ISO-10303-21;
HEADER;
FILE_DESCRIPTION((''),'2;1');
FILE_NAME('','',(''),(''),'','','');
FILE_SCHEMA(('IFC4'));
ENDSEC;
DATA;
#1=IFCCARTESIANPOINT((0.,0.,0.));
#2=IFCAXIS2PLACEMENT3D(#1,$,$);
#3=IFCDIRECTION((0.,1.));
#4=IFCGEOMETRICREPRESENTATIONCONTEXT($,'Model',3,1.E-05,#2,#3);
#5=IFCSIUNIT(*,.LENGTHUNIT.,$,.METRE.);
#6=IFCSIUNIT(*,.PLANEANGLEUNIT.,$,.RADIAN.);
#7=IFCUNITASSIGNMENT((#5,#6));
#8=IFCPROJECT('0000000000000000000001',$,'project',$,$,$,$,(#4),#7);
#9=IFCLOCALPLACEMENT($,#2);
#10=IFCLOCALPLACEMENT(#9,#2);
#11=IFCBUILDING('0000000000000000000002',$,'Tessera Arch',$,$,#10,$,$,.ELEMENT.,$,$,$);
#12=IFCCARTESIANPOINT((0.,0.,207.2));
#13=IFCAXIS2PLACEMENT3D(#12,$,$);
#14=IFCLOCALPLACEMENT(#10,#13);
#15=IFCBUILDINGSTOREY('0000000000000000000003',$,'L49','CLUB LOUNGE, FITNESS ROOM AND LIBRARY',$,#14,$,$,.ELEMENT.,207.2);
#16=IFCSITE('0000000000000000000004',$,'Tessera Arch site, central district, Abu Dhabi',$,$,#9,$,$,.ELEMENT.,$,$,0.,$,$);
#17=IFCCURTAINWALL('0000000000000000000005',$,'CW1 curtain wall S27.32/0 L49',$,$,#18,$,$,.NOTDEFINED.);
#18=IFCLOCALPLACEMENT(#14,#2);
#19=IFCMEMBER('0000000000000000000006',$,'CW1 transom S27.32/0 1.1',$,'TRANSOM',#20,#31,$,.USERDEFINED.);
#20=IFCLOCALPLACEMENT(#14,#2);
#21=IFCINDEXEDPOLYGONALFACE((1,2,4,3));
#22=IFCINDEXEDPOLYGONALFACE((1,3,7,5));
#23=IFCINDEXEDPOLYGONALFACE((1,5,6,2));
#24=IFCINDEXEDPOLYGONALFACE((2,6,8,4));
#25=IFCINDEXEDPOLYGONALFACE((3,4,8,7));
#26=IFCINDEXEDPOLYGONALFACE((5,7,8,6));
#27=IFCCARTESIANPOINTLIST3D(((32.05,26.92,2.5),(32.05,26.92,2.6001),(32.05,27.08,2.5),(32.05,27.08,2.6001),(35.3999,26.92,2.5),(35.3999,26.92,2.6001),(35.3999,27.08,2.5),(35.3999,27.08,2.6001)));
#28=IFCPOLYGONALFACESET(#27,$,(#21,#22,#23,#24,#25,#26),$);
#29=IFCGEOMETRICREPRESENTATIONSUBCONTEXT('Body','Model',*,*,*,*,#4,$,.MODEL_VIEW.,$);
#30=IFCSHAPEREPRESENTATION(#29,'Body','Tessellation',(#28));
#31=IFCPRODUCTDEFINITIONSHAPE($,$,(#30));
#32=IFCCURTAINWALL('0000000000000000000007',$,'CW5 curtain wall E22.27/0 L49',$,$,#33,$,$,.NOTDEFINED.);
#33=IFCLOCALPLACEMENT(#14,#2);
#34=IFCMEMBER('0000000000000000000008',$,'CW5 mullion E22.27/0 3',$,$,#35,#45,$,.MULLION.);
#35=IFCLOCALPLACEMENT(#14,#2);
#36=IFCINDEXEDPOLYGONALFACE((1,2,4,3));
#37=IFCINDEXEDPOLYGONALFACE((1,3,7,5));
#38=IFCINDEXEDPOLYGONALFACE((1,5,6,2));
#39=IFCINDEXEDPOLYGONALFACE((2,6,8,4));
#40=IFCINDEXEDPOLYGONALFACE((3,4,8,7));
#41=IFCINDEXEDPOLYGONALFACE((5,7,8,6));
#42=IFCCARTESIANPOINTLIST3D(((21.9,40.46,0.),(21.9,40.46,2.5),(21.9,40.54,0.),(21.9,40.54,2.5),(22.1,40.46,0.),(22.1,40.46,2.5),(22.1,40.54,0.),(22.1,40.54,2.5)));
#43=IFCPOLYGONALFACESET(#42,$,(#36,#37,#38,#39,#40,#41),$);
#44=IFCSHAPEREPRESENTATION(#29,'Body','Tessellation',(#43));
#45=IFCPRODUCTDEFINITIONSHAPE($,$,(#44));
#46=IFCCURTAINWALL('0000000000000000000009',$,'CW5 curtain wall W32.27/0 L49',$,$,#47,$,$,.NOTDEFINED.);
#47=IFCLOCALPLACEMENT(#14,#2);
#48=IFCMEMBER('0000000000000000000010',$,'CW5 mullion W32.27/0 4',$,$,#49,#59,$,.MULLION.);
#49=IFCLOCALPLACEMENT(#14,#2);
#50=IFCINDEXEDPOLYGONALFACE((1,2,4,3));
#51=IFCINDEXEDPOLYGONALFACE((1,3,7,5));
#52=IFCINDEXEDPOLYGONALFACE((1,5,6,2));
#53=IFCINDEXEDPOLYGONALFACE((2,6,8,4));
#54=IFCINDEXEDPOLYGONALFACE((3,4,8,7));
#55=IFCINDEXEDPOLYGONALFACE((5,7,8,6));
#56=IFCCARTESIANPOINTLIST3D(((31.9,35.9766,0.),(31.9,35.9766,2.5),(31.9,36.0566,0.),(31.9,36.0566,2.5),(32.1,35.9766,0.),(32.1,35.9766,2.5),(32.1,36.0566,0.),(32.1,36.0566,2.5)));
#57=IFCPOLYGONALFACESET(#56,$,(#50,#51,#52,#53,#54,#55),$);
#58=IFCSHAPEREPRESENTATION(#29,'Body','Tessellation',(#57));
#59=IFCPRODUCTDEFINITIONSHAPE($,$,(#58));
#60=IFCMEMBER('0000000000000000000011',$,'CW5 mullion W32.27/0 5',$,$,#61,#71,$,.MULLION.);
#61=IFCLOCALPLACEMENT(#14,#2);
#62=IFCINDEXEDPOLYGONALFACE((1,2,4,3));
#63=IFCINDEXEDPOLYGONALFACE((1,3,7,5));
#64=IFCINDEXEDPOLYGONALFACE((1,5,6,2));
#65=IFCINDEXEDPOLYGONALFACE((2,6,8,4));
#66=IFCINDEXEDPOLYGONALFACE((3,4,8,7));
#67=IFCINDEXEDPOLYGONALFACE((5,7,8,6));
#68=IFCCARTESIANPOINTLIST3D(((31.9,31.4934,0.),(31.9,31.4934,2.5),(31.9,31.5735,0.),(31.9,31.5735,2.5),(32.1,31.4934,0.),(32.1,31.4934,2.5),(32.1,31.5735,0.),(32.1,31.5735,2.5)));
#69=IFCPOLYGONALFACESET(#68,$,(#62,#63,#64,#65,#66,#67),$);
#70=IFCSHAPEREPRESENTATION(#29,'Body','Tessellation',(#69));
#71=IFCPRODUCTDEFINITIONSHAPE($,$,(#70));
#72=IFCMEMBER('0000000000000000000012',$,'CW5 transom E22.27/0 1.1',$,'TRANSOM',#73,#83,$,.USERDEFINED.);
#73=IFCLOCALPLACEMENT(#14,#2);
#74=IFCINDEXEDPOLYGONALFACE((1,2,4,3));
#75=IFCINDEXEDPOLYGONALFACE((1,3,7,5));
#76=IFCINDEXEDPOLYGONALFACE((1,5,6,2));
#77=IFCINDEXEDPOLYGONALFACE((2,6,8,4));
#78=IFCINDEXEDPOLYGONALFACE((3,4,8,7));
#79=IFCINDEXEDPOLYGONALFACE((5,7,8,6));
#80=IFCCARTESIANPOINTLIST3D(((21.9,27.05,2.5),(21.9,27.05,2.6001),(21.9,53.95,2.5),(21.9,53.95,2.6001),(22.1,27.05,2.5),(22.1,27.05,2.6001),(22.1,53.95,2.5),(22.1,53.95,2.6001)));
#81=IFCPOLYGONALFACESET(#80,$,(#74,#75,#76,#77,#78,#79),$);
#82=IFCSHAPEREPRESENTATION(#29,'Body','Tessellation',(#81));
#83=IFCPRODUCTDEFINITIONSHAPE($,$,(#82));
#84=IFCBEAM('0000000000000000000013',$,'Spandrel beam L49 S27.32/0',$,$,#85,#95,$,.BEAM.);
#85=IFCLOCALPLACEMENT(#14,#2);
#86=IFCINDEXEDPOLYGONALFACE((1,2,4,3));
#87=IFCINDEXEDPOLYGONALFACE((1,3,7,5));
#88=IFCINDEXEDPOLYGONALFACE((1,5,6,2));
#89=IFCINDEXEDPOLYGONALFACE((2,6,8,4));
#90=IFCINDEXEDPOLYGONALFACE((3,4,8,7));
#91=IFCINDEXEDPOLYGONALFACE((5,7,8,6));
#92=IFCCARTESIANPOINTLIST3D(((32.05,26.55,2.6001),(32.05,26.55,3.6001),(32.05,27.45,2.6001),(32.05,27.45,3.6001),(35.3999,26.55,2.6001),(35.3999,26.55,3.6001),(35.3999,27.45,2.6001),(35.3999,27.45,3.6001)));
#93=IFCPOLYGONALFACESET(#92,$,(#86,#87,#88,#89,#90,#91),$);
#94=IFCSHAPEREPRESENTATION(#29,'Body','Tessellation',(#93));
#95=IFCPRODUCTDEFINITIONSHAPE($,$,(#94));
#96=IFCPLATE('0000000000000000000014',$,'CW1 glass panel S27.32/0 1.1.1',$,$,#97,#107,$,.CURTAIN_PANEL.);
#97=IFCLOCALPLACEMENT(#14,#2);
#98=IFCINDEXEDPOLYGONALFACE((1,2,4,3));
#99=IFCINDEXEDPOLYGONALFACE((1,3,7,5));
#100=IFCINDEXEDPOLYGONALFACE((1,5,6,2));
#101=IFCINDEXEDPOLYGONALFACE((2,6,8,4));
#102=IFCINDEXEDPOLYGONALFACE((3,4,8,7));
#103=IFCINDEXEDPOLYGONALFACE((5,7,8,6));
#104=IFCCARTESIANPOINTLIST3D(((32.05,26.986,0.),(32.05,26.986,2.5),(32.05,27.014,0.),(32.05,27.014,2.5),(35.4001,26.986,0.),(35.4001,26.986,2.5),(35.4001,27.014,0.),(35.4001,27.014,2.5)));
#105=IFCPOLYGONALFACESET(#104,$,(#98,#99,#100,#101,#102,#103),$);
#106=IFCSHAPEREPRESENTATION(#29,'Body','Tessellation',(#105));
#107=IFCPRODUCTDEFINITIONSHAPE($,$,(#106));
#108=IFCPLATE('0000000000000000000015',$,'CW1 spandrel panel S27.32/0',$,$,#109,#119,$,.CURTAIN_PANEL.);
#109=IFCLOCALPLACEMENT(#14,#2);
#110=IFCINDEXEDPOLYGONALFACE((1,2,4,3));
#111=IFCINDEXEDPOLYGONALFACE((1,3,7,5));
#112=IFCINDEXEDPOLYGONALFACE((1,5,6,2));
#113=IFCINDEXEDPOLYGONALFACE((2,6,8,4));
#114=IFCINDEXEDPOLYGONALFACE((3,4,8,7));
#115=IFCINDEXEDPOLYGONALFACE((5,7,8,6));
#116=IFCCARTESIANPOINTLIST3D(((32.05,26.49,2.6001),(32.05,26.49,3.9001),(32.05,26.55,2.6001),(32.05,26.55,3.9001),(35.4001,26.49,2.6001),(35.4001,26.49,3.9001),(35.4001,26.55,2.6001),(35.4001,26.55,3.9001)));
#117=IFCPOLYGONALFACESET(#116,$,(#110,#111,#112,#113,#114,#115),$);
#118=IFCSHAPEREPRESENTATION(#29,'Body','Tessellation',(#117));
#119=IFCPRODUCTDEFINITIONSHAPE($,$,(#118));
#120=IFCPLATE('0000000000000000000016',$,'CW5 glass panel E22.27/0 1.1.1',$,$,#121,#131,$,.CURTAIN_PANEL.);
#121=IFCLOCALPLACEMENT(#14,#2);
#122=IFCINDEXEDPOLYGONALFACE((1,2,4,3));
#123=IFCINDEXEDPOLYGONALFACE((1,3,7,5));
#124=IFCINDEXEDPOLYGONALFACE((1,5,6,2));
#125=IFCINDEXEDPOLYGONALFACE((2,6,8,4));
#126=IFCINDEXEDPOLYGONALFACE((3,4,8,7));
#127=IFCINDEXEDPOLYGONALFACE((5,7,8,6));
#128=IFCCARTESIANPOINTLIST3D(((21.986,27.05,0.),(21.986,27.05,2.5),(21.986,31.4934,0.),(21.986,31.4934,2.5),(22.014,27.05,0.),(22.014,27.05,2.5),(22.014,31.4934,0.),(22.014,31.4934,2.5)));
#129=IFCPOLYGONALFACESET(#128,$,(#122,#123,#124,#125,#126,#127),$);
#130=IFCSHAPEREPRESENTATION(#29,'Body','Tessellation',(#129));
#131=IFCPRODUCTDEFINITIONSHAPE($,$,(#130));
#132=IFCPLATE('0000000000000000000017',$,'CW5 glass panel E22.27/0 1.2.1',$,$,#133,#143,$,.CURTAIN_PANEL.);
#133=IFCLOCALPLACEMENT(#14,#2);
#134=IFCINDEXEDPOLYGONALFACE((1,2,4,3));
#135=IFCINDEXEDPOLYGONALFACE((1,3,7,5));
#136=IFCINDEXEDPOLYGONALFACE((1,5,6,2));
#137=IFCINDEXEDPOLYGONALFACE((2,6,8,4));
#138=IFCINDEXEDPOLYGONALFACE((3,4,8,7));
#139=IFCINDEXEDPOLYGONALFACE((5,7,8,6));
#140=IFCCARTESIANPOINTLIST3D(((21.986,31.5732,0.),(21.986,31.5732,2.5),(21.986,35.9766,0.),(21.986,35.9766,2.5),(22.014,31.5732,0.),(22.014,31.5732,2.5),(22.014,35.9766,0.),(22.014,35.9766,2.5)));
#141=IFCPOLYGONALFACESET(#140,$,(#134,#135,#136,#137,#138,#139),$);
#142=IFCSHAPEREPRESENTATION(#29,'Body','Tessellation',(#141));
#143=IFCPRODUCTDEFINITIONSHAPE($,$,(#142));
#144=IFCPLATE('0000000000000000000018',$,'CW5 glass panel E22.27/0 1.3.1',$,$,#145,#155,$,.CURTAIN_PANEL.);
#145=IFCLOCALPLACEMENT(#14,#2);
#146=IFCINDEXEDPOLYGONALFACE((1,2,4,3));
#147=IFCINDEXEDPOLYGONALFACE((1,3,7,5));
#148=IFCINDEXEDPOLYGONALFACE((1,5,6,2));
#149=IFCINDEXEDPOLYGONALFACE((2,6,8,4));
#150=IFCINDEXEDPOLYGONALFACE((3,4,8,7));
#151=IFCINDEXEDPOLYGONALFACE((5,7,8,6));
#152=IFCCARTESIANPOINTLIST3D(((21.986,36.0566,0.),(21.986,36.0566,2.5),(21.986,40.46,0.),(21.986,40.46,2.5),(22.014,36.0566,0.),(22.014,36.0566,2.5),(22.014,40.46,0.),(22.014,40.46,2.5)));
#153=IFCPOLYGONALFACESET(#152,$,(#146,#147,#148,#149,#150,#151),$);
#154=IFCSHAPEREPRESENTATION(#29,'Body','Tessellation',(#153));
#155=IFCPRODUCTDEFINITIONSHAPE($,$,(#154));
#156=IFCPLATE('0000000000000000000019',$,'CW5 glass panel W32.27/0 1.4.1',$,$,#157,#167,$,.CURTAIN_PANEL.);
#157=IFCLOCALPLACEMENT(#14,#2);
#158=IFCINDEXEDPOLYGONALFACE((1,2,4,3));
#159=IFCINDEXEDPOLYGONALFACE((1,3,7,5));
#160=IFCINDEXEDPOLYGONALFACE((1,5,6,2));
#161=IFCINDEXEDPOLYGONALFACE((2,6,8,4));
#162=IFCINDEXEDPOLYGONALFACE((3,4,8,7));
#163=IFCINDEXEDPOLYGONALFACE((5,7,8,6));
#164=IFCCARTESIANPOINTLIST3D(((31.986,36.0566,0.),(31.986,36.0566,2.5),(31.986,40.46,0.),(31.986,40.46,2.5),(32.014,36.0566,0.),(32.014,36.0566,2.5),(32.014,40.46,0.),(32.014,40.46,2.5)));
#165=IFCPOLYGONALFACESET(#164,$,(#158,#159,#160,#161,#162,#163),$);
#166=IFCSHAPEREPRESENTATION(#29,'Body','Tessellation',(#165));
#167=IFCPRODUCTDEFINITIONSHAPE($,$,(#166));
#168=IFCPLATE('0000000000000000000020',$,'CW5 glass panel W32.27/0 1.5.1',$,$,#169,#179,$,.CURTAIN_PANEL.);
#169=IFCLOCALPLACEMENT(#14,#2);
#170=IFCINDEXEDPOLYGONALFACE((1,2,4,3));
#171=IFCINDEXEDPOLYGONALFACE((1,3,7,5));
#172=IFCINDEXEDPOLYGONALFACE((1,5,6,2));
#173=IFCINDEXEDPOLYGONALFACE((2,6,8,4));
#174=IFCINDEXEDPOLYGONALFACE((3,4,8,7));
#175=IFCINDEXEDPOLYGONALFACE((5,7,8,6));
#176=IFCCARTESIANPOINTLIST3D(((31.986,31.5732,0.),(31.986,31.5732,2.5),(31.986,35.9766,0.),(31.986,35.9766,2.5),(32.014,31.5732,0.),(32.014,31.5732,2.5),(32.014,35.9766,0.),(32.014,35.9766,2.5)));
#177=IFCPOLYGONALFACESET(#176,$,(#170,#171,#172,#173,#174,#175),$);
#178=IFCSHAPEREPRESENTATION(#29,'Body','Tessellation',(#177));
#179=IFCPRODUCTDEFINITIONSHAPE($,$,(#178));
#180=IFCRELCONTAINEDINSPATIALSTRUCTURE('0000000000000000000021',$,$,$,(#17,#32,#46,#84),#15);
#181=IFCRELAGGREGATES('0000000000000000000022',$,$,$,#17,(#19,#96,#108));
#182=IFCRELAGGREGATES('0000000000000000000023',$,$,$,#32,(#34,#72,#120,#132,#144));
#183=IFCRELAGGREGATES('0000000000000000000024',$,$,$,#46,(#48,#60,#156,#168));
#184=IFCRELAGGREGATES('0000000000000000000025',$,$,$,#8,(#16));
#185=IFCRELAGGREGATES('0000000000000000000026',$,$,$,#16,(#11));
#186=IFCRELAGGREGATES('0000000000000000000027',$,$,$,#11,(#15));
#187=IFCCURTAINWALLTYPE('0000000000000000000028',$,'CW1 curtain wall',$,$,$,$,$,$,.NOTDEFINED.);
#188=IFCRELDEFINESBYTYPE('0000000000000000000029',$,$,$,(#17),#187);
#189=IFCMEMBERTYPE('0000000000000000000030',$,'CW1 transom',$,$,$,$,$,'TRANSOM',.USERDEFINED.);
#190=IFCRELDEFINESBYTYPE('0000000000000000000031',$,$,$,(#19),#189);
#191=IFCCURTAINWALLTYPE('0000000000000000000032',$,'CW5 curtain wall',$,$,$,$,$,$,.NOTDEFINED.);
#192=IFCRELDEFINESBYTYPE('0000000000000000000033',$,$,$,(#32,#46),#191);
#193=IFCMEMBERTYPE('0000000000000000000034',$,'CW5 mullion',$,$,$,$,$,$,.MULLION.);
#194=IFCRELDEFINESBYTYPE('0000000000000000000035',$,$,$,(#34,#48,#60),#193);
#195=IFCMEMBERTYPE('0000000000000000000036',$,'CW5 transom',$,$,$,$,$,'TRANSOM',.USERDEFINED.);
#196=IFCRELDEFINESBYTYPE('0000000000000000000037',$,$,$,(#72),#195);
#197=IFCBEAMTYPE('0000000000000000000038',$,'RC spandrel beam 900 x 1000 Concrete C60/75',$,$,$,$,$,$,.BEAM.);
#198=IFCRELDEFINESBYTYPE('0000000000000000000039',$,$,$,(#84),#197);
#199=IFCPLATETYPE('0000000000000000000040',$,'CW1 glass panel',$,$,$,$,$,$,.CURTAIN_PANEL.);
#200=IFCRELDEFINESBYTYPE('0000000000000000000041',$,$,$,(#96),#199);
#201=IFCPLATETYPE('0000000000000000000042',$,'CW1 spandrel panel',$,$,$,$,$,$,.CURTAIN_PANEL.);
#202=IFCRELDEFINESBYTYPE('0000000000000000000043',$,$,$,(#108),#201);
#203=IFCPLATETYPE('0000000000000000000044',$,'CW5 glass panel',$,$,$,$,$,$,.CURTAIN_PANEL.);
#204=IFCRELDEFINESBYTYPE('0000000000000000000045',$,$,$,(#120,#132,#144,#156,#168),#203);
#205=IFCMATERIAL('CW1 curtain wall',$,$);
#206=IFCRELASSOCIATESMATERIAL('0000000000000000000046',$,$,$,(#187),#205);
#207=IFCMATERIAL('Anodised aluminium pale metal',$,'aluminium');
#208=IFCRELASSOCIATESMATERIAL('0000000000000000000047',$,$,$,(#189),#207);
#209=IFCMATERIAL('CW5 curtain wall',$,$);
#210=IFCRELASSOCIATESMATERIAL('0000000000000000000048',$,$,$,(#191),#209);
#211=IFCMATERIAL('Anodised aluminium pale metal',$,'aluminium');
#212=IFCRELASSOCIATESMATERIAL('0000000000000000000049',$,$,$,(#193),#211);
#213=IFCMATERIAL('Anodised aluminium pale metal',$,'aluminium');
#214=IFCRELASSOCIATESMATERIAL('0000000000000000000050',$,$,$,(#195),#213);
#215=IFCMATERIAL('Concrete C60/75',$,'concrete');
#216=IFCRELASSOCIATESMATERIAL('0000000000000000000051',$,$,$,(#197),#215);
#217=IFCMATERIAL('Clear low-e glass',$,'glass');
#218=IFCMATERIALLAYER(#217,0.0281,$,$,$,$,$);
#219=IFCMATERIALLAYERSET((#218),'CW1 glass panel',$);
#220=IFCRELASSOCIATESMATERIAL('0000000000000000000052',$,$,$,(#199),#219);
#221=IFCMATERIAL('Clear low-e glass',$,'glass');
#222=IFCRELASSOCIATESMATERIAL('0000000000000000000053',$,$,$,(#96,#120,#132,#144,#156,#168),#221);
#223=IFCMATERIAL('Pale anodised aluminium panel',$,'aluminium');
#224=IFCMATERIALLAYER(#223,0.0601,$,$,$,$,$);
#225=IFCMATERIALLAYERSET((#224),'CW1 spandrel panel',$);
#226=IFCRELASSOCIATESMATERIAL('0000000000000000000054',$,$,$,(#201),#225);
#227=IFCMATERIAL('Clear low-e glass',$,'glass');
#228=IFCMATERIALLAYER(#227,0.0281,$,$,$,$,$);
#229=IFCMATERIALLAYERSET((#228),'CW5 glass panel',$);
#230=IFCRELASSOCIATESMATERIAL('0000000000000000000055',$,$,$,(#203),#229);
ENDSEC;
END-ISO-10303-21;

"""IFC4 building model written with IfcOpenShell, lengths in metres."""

from ifc_helpers import new_model, si_unit, direction, frame, origin, origin_2d, place, context, subcontext, project, spatial, rectangle, extrude, material, layer, layer_set, material_profile, profile_set, type_object, element, aggregate, save


model = new_model("IFC4")

# Units and contexts
model_context = context("Model", 3, precision=1e-05, world=origin(), true_north=direction((0.0, 1.0)))
body_context = subcontext(model_context, "Body", "Model", "MODEL_VIEW")
ifc_project = project(units=[si_unit("LENGTHUNIT", "METRE"), si_unit("PLANEANGLEUNIT", "RADIAN")], contexts=[model_context])

# Site, building, storey
site_placement = place(None, origin())
site = spatial("IfcSite", under=ifc_project, at=site_placement, Name="Tessera Arch site, central district, Abu Dhabi", CompositionType="ELEMENT", RefElevation=0.0)
building_placement = place(site_placement, origin())
building = spatial("IfcBuilding", under=site, at=building_placement, Name="Tessera Arch", CompositionType="ELEMENT")
storey_placement = place(building_placement, frame((0.0, 0.0, 207.2)))
storey = spatial("IfcBuildingStorey", under=building, at=storey_placement, Name="L49", Description="CLUB LOUNGE, FITNESS ROOM AND LIBRARY", CompositionType="ELEMENT", Elevation=207.2)

# Curtain walls, members
ifc_material_1 = material(Name="CW1 curtain wall")
curtain_wall_type_1 = type_object("IfcCurtainWallType", Name="CW1 curtain wall", PredefinedType="NOTDEFINED", material=ifc_material_1)
curtain_wall_1_placement = place(storey_placement, origin())
curtain_wall_1 = element("IfcCurtainWall", 1, at=curtain_wall_1_placement, inside=storey, type_object=curtain_wall_type_1, Name="CW1 curtain wall S27.32/0 L49", PredefinedType="NOTDEFINED")
ifc_material_2 = material(Name="Anodised aluminium pale metal", Category="aluminium")
ifc_material_profile_1 = material_profile(ifc_material_2, rectangle(XDim=0.1599, YDim=0.1001, at=origin_2d()), Name="AL 160x100")
ifc_profile_set_1 = profile_set([ifc_material_profile_1], Name="Anodised aluminium pale metal")
member_type_1 = type_object("IfcMemberType", Name="CW1 transom", ElementType="TRANSOM", PredefinedType="USERDEFINED", material=ifc_profile_set_1)
member_1_placement = place(storey_placement, frame((32.05, 27.0, 2.55), z_axis=(1.0, 0.0, 0.0), x_axis=(0.0, 1.0, 0.0)))
member_1 = element("IfcMember", 2, at=member_1_placement, type_object=member_type_1, Name="CW1 transom S27.32/0 1.1", ObjectType="TRANSOM", PredefinedType="USERDEFINED", context=body_context, shape_type="SweptSolid", body=[
    extrude(rectangle(XDim=0.1599, YDim=0.1001, at=origin_2d()), origin(), (0.0, 0.0, 1.0), 3.3499),
])
ifc_material_3 = material(Name="CW5 curtain wall")
curtain_wall_type_2 = type_object("IfcCurtainWallType", Name="CW5 curtain wall", PredefinedType="NOTDEFINED", material=ifc_material_3)
curtain_wall_2_placement = place(storey_placement, origin())
curtain_wall_2 = element("IfcCurtainWall", 3, at=curtain_wall_2_placement, inside=storey, type_object=curtain_wall_type_2, Name="CW5 curtain wall E22.27/0 L49", PredefinedType="NOTDEFINED")
ifc_material_4 = material(Name="Anodised aluminium pale metal", Category="aluminium")
ifc_material_profile_2 = material_profile(ifc_material_4, rectangle(XDim=0.2, YDim=0.0801, at=origin_2d()), Name="AL 80x200")
ifc_profile_set_2 = profile_set([ifc_material_profile_2], Name="Anodised aluminium pale metal")
member_type_2 = type_object("IfcMemberType", Name="CW5 mullion", PredefinedType="MULLION", material=ifc_profile_set_2)
member_2_placement = place(storey_placement, frame((22.0, 40.5, 0.0), z_axis=(0.0, 0.0, 1.0), x_axis=(-1.0, 0.0, 0.0)))
member_2 = element("IfcMember", 4, at=member_2_placement, type_object=member_type_2, Name="CW5 mullion E22.27/0 3", PredefinedType="MULLION", context=body_context, shape_type="SweptSolid", body=[
    extrude(rectangle(XDim=0.2, YDim=0.0801, at=origin_2d()), origin(), (0.0, 0.0, 1.0), 2.5),
])

# Curtain wall, members
curtain_wall_3_placement = place(storey_placement, origin())
curtain_wall_3 = element("IfcCurtainWall", 5, at=curtain_wall_3_placement, inside=storey, type_object=curtain_wall_type_2, Name="CW5 curtain wall W32.27/0 L49", PredefinedType="NOTDEFINED")
member_3_placement = place(storey_placement, frame((32.0, 36.0166, 0.0), z_axis=(0.0, 0.0, 1.0), x_axis=(1.0, 0.0, 0.0)))
member_3 = element("IfcMember", 6, at=member_3_placement, type_object=member_type_2, Name="CW5 mullion W32.27/0 4", PredefinedType="MULLION", context=body_context, shape_type="SweptSolid", body=[
    extrude(rectangle(XDim=0.2, YDim=0.0801, at=origin_2d()), origin(), (0.0, 0.0, 1.0), 2.5),
])
member_4_placement = place(storey_placement, frame((32.0, 31.5334, 0.0), z_axis=(0.0, 0.0, 1.0), x_axis=(1.0, 0.0, 0.0)))
member_4 = element("IfcMember", 7, at=member_4_placement, type_object=member_type_2, Name="CW5 mullion W32.27/0 5", PredefinedType="MULLION", context=body_context, shape_type="SweptSolid", body=[
    extrude(rectangle(XDim=0.2, YDim=0.0801, at=origin_2d()), origin(), (0.0, 0.0, 1.0), 2.5),
])

# Member
ifc_material_5 = material(Name="Anodised aluminium pale metal", Category="aluminium")
ifc_material_profile_3 = material_profile(ifc_material_5, rectangle(XDim=0.2, YDim=0.1001, at=origin_2d()), Name="AL 200x100")
ifc_profile_set_3 = profile_set([ifc_material_profile_3], Name="Anodised aluminium pale metal")
member_type_3 = type_object("IfcMemberType", Name="CW5 transom", ElementType="TRANSOM", PredefinedType="USERDEFINED", material=ifc_profile_set_3)
member_5_placement = place(storey_placement, frame((22.0, 27.05, 2.55), z_axis=(0.0, 1.0, 0.0), x_axis=(-1.0, 0.0, 0.0)))
member_5 = element("IfcMember", 8, at=member_5_placement, type_object=member_type_3, Name="CW5 transom E22.27/0 1.1", ObjectType="TRANSOM", PredefinedType="USERDEFINED", context=body_context, shape_type="SweptSolid", body=[
    extrude(rectangle(XDim=0.2, YDim=0.1001, at=origin_2d()), origin(), (0.0, 0.0, 1.0), 26.8999),
])

# Beam
ifc_material_6 = material(Name="Concrete C60/75", Category="concrete")
ifc_material_profile_4 = material_profile(ifc_material_6, rectangle(XDim=0.8999, YDim=1.0, at=origin_2d()), Name="RC spandrel beam 900 x 1000 Concrete C60/75")
ifc_profile_set_4 = profile_set([ifc_material_profile_4], Name="Concrete C60/75")
beam_type = type_object("IfcBeamType", Name="RC spandrel beam 900 x 1000 Concrete C60/75", PredefinedType="BEAM", material=ifc_profile_set_4)
beam_placement = place(storey_placement, frame((32.05, 27.0, 3.1001), z_axis=(1.0, 0.0, 0.0), x_axis=(0.0, 1.0, 0.0)))
element("IfcBeam", 9, at=beam_placement, inside=storey, type_object=beam_type, Name="Spandrel beam L49 S27.32/0", PredefinedType="BEAM", context=body_context, shape_type="SweptSolid", body=[
    extrude(rectangle(XDim=0.8999, YDim=1.0, at=origin_2d()), origin(), (0.0, 0.0, 1.0), 3.3499),
])

# Plates
ifc_material_7 = material(Name="Clear low-e glass", Category="glass")
ifc_material_8 = material(Name="Clear low-e glass", Category="glass")
ifc_layer_1 = layer(ifc_material_8, 0.0281)
ifc_layer_set_1 = layer_set([ifc_layer_1], Name="CW1 glass panel")
plate_type_1 = type_object("IfcPlateType", Name="CW1 glass panel", PredefinedType="CURTAIN_PANEL", material=ifc_layer_set_1)
plate_1_placement = place(storey_placement, frame((33.7251, 27.0, 0.0), z_axis=(0.0, 0.0, 1.0), x_axis=(1.0, 0.0, 0.0)))
plate_1 = element("IfcPlate", 10, at=plate_1_placement, type_object=plate_type_1, material=ifc_material_7, Name="CW1 glass panel S27.32/0 1.1.1", PredefinedType="CURTAIN_PANEL", context=body_context, shape_type="SweptSolid", body=[
    extrude(rectangle(XDim=3.3501, YDim=0.0281, at=origin_2d()), origin(), (0.0, 0.0, 1.0), 2.5),
])
ifc_material_9 = material(Name="Pale anodised aluminium panel", Category="aluminium")
ifc_layer_2 = layer(ifc_material_9, 0.0601)
ifc_layer_set_2 = layer_set([ifc_layer_2], Name="CW1 spandrel panel")
plate_type_2 = type_object("IfcPlateType", Name="CW1 spandrel panel", PredefinedType="CURTAIN_PANEL", material=ifc_layer_set_2)
plate_2_placement = place(storey_placement, frame((33.7251, 26.52, 2.6001), z_axis=(0.0, 0.0, 1.0), x_axis=(1.0, 0.0, 0.0)))
plate_2 = element("IfcPlate", 11, at=plate_2_placement, type_object=plate_type_2, Name="CW1 spandrel panel S27.32/0", PredefinedType="CURTAIN_PANEL", context=body_context, shape_type="SweptSolid", body=[
    extrude(rectangle(XDim=3.3501, YDim=0.0601, at=origin_2d()), origin(), (0.0, 0.0, 1.0), 1.3),
])
aggregate(curtain_wall_1, [member_1, plate_1, plate_2])
ifc_material_10 = material(Name="Clear low-e glass", Category="glass")
ifc_layer_3 = layer(ifc_material_10, 0.0281)
ifc_layer_set_3 = layer_set([ifc_layer_3], Name="CW5 glass panel")
plate_type_3 = type_object("IfcPlateType", Name="CW5 glass panel", PredefinedType="CURTAIN_PANEL", material=ifc_layer_set_3)
plate_3_placement = place(storey_placement, frame((22.0, 29.2717, 0.0), z_axis=(0.0, 0.0, 1.0), x_axis=(0.0, 1.0, 0.0)))
plate_3 = element("IfcPlate", 12, at=plate_3_placement, type_object=plate_type_3, material=ifc_material_7, Name="CW5 glass panel E22.27/0 1.1.1", PredefinedType="CURTAIN_PANEL", context=body_context, shape_type="SweptSolid", body=[
    extrude(rectangle(XDim=4.4434, YDim=0.0281, at=origin_2d()), origin(), (0.0, 0.0, 1.0), 2.5),
])
plate_4_placement = place(storey_placement, frame((22.0, 33.7749, 0.0), z_axis=(0.0, 0.0, 1.0), x_axis=(0.0, 1.0, 0.0)))
plate_4 = element("IfcPlate", 13, at=plate_4_placement, type_object=plate_type_3, material=ifc_material_7, Name="CW5 glass panel E22.27/0 1.2.1", PredefinedType="CURTAIN_PANEL", context=body_context, shape_type="SweptSolid", body=[
    extrude(rectangle(XDim=4.4033, YDim=0.0281, at=origin_2d()), origin(), (0.0, 0.0, 1.0), 2.5),
])
plate_5_placement = place(storey_placement, frame((22.0, 38.2583, 0.0), z_axis=(0.0, 0.0, 1.0), x_axis=(0.0, 1.0, 0.0)))
plate_5 = element("IfcPlate", 14, at=plate_5_placement, type_object=plate_type_3, material=ifc_material_7, Name="CW5 glass panel E22.27/0 1.3.1", PredefinedType="CURTAIN_PANEL", context=body_context, shape_type="SweptSolid", body=[
    extrude(rectangle(XDim=4.4033, YDim=0.0281, at=origin_2d()), origin(), (0.0, 0.0, 1.0), 2.5),
])
aggregate(curtain_wall_2, [member_2, member_5, plate_3, plate_4, plate_5])
plate_6_placement = place(storey_placement, frame((32.0, 38.2583, 0.0), z_axis=(0.0, 0.0, 1.0), x_axis=(0.0, -1.0, 0.0)))
plate_6 = element("IfcPlate", 15, at=plate_6_placement, type_object=plate_type_3, material=ifc_material_7, Name="CW5 glass panel W32.27/0 1.4.1", PredefinedType="CURTAIN_PANEL", context=body_context, shape_type="SweptSolid", body=[
    extrude(rectangle(XDim=4.4033, YDim=0.0281, at=origin_2d()), origin(), (0.0, 0.0, 1.0), 2.5),
])
plate_7_placement = place(storey_placement, frame((32.0, 33.7749, 0.0), z_axis=(0.0, 0.0, 1.0), x_axis=(0.0, -1.0, 0.0)))
plate_7 = element("IfcPlate", 16, at=plate_7_placement, type_object=plate_type_3, material=ifc_material_7, Name="CW5 glass panel W32.27/0 1.5.1", PredefinedType="CURTAIN_PANEL", context=body_context, shape_type="SweptSolid", body=[
    extrude(rectangle(XDim=4.4033, YDim=0.0281, at=origin_2d()), origin(), (0.0, 0.0, 1.0), 2.5),
])
aggregate(curtain_wall_3, [member_3, member_4, plate_6, plate_7])

save(model, "model.ifc")
